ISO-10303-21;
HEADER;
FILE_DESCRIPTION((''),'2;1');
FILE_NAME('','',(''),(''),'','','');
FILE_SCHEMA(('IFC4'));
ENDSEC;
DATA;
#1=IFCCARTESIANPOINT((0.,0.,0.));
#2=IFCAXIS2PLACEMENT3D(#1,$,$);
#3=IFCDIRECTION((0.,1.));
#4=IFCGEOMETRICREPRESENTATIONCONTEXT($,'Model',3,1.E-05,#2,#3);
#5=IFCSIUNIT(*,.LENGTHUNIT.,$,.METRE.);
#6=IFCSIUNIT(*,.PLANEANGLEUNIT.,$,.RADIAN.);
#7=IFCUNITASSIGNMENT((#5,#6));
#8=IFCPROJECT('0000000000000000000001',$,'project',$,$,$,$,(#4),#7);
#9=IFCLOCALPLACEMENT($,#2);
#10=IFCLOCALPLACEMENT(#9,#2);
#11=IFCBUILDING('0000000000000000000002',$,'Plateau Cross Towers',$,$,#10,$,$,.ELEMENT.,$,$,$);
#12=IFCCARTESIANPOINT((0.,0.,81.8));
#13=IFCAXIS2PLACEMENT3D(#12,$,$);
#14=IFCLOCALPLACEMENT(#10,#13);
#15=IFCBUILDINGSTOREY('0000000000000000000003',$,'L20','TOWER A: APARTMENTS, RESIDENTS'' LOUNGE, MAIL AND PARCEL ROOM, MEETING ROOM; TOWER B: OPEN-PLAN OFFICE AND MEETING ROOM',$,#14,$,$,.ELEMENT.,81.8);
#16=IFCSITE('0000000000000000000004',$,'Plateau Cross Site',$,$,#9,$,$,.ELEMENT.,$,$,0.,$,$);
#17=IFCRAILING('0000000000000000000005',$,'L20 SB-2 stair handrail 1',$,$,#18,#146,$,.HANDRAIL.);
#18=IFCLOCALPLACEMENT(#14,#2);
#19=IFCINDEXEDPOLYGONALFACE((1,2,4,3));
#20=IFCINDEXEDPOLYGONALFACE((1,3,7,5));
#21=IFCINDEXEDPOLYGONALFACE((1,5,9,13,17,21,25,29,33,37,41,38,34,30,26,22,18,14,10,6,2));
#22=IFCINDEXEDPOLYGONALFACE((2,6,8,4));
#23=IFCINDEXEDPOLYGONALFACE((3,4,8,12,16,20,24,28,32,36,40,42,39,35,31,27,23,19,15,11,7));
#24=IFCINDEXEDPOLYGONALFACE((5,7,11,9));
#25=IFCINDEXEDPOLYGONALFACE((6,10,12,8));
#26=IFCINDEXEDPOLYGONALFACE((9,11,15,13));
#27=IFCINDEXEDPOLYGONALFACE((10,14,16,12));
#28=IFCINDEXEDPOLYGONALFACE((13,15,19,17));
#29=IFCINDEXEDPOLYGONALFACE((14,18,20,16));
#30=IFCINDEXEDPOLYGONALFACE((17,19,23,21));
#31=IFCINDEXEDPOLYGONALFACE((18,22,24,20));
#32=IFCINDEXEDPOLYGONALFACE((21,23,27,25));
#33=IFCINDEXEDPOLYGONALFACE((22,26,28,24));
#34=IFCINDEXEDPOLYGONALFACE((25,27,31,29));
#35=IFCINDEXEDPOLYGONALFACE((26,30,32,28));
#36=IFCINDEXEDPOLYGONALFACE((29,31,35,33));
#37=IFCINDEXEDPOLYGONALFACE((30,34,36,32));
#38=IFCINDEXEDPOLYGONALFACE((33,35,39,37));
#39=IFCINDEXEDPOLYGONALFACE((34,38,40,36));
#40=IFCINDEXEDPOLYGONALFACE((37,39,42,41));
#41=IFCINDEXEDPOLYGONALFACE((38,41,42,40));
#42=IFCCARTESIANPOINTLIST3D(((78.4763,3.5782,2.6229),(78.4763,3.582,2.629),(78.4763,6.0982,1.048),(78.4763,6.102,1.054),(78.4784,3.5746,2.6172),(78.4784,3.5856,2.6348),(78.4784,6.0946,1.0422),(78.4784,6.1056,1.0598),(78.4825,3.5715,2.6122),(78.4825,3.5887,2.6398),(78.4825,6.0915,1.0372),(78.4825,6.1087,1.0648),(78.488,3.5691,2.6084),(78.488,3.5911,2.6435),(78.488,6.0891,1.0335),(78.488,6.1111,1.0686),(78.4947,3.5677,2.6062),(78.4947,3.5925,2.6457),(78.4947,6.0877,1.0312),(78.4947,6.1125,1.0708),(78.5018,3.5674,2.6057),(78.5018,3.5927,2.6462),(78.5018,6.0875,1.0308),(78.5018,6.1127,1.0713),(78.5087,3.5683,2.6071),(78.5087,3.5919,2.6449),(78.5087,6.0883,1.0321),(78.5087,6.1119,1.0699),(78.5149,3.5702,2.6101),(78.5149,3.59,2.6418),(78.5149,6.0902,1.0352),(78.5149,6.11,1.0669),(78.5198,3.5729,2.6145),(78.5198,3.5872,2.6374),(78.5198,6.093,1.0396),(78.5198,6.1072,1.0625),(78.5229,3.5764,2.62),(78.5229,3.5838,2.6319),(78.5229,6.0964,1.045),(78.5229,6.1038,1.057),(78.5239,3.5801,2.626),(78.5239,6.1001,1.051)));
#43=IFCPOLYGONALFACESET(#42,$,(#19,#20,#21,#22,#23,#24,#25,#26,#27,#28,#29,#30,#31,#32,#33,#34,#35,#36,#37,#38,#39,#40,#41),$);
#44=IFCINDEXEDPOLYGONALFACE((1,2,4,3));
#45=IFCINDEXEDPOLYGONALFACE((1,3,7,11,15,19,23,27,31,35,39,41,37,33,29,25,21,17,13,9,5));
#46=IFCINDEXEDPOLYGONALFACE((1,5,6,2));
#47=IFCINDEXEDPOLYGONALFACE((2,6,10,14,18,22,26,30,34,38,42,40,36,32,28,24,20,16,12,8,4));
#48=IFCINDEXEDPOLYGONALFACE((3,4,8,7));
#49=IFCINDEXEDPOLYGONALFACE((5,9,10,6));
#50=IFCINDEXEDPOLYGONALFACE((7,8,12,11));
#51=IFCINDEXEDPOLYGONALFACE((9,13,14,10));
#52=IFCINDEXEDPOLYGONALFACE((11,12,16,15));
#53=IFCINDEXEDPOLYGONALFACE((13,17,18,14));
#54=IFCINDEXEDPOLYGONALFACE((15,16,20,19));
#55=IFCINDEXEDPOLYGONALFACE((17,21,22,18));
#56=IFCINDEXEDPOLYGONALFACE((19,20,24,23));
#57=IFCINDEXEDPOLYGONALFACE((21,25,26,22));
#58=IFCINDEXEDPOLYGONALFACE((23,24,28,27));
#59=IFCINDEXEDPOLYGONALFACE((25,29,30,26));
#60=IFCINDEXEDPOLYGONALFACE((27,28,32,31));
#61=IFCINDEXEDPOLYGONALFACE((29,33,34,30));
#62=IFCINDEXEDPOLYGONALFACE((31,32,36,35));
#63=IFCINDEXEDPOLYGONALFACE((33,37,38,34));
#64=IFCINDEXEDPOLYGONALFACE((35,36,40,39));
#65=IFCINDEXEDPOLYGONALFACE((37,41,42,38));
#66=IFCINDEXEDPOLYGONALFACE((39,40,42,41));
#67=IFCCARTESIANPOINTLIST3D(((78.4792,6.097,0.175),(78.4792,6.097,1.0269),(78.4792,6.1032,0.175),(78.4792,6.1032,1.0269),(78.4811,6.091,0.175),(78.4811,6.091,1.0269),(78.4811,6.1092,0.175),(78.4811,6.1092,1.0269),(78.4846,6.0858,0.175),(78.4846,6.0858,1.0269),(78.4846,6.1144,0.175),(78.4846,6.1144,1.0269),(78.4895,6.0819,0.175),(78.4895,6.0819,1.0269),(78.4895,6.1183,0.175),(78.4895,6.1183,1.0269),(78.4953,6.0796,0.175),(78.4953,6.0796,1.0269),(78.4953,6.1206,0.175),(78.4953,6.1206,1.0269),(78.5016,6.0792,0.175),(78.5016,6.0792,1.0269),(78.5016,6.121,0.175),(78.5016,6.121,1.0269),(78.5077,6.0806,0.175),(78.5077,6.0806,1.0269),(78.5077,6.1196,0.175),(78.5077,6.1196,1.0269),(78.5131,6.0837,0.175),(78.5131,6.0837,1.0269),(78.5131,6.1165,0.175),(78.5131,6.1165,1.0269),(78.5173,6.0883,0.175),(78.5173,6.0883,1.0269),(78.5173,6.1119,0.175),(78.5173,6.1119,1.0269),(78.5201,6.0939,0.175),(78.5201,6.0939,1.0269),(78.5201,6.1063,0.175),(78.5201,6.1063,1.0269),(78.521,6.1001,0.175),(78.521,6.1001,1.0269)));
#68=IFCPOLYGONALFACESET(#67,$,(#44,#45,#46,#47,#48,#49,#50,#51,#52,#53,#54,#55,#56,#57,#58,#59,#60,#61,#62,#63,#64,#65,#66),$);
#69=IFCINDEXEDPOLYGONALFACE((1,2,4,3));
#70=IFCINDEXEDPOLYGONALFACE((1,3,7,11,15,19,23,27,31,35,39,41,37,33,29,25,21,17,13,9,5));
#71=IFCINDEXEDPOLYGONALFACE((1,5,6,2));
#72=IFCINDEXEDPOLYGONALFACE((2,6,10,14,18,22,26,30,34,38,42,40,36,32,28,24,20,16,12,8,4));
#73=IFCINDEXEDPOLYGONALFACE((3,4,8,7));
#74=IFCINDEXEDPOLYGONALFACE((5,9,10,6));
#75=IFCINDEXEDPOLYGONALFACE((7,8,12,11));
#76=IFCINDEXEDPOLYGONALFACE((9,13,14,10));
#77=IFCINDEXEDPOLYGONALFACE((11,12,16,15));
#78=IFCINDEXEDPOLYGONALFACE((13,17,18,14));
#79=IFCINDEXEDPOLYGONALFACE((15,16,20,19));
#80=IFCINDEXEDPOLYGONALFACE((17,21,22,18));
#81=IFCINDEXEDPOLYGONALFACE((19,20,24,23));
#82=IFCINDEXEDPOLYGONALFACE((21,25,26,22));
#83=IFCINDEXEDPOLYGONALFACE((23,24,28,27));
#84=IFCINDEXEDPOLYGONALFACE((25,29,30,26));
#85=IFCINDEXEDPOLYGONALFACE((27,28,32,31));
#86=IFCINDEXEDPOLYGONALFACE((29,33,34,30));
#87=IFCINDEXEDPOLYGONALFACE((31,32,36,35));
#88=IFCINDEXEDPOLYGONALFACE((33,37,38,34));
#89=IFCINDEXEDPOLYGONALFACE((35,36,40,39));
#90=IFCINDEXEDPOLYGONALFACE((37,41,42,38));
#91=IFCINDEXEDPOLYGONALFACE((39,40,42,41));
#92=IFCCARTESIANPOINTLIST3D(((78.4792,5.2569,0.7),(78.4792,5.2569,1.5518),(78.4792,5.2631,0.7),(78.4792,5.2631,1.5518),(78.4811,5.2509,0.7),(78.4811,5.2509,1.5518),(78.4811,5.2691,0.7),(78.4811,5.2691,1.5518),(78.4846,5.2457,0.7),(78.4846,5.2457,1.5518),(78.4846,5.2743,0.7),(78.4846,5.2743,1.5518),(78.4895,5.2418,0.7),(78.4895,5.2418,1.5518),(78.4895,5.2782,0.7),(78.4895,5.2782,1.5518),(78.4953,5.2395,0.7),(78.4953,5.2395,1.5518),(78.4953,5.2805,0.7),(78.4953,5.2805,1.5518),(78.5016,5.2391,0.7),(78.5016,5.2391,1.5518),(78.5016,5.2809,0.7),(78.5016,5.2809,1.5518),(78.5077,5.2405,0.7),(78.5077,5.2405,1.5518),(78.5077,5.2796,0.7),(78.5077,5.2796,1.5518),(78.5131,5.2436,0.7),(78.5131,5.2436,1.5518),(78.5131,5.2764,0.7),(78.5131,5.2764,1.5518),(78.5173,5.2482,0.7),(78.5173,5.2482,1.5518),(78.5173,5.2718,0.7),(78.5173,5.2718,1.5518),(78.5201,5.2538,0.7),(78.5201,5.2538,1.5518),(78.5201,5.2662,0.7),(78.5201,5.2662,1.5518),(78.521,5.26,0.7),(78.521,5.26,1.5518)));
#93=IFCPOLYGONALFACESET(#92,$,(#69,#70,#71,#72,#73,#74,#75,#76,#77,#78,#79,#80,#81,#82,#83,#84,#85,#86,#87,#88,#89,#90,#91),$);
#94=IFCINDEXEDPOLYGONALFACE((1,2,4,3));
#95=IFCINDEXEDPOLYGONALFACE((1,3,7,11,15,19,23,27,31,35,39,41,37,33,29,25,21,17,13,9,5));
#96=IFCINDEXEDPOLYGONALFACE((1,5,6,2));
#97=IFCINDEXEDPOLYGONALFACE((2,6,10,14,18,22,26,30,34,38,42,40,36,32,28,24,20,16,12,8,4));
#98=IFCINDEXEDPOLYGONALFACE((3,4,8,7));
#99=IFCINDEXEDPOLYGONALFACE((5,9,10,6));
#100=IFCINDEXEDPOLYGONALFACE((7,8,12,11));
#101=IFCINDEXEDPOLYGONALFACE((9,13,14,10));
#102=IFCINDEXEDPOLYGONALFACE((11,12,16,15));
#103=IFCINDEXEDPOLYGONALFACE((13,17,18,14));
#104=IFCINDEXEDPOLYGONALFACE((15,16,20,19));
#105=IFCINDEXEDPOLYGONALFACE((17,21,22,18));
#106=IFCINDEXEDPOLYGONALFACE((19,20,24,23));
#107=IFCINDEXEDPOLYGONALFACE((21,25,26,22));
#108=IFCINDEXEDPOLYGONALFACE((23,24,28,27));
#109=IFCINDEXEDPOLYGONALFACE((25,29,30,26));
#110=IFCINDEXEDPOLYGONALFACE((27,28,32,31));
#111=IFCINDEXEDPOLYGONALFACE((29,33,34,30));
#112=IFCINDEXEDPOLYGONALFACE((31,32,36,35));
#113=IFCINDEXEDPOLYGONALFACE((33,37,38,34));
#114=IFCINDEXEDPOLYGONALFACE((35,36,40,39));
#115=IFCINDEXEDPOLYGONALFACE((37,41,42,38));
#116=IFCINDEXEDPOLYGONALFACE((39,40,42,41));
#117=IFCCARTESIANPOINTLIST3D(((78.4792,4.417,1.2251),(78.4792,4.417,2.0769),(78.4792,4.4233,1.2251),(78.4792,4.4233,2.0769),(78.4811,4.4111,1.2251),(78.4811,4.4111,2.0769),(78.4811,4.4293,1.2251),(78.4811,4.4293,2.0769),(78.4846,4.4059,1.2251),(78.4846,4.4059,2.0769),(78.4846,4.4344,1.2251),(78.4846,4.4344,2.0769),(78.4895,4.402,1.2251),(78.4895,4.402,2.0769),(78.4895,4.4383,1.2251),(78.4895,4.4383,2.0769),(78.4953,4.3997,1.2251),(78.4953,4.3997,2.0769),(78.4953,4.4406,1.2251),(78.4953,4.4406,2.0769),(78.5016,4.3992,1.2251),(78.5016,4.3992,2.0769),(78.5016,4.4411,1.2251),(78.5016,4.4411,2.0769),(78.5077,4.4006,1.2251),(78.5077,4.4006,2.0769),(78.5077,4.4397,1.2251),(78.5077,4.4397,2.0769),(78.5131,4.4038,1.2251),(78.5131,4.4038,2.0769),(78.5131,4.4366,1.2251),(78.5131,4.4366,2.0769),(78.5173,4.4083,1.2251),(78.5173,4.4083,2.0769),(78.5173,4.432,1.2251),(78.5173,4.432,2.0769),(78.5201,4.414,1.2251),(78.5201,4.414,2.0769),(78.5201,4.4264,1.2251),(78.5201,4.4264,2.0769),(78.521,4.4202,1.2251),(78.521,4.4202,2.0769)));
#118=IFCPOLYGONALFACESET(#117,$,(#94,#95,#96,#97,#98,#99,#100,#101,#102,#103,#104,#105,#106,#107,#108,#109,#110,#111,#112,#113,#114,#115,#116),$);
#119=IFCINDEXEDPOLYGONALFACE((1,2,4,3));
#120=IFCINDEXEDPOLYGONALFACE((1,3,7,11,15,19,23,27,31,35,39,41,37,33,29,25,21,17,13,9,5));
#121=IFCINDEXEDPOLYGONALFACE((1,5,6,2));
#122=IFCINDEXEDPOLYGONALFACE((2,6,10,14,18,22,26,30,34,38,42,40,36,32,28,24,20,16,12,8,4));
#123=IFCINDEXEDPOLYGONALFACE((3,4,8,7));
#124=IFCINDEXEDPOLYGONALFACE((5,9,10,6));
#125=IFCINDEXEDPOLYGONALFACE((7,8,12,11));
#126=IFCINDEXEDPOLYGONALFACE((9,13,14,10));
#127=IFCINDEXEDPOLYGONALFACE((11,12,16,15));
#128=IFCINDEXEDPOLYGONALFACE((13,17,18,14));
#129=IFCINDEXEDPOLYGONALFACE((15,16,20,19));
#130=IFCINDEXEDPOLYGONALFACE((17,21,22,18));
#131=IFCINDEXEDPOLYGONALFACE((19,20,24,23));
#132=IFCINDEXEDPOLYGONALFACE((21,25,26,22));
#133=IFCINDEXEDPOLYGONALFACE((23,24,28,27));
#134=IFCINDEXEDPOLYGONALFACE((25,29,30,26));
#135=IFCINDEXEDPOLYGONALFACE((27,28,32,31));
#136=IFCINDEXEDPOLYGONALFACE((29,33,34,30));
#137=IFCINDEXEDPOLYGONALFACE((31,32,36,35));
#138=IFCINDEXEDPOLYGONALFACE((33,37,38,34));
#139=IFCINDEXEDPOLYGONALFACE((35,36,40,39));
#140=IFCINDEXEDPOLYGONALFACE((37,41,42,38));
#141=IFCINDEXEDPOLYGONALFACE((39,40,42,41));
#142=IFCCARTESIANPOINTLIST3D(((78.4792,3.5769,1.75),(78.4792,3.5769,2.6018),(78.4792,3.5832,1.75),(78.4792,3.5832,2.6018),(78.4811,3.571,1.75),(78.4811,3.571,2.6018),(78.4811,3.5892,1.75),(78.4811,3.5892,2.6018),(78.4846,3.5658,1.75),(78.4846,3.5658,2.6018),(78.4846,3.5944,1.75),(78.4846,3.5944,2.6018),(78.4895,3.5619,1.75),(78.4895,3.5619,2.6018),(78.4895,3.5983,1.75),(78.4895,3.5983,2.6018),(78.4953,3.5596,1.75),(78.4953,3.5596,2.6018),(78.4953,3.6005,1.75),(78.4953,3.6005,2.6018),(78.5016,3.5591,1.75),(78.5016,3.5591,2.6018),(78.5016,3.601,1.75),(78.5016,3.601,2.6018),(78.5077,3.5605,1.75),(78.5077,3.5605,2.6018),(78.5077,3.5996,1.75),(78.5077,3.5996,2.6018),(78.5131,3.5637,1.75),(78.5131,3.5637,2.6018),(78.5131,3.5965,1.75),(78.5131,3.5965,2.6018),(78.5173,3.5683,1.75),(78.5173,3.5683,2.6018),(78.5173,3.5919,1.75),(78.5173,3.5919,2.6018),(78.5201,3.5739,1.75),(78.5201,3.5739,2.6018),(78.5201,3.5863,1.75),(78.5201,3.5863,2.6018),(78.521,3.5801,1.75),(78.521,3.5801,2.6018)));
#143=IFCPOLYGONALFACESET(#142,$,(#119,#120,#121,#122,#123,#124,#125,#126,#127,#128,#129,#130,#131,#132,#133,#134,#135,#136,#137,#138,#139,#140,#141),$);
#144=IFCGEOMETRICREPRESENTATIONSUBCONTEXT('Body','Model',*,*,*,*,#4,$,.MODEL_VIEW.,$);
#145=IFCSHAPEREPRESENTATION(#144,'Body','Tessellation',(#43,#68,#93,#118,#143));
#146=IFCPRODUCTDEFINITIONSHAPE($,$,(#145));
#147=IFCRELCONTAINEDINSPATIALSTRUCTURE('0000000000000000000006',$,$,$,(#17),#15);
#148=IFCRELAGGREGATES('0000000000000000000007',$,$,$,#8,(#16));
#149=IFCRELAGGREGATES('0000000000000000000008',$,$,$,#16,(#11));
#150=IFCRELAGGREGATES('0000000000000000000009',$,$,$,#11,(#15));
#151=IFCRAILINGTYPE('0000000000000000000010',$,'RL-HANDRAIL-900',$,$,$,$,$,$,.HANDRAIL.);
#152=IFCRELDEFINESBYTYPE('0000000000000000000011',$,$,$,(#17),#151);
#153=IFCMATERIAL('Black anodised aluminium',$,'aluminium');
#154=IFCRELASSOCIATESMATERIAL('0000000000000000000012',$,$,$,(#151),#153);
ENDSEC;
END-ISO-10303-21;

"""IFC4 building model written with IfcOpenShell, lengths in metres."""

from ifc_helpers import new_model, si_unit, direction, frame, origin, origin_2d, place, context, subcontext, project, spatial, circle, extrude, material, type_object, element, save


model = new_model("IFC4")

# Units and contexts
model_context = context("Model", 3, precision=1e-05, world=origin(), true_north=direction((0.0, 1.0)))
body_context = subcontext(model_context, "Body", "Model", "MODEL_VIEW")
ifc_project = project(units=[si_unit("LENGTHUNIT", "METRE"), si_unit("PLANEANGLEUNIT", "RADIAN")], contexts=[model_context])

# Site, building, storey
site_placement = place(None, origin())
site = spatial("IfcSite", under=ifc_project, at=site_placement, Name="Plateau Cross Site", CompositionType="ELEMENT", RefElevation=0.0)
building_placement = place(site_placement, origin())
building = spatial("IfcBuilding", under=site, at=building_placement, Name="Plateau Cross Towers", CompositionType="ELEMENT")
storey_placement = place(building_placement, frame((0.0, 0.0, 81.8)))
storey = spatial("IfcBuildingStorey", under=building, at=storey_placement, Name="L20", Description="TOWER A: APARTMENTS, RESIDENTS' LOUNGE, MAIL AND PARCEL ROOM, MEETING ROOM; TOWER B: OPEN-PLAN OFFICE AND MEETING ROOM", CompositionType="ELEMENT", Elevation=81.8)

# Railing
ifc_material_1 = material(Name="Black anodised aluminium", Category="aluminium")
railing_type_1 = type_object("IfcRailingType", Name="RL-HANDRAIL-900", PredefinedType="HANDRAIL", material=ifc_material_1)
railing_1_placement = place(storey_placement, frame((78.5, 6.1001, 0.175)))
element("IfcRailing", 1, at=railing_1_placement, inside=storey, type_object=railing_type_1, Name="L20 SB-2 stair handrail 1", PredefinedType="HANDRAIL", context=body_context, shape_type="SweptSolid", body=[
    extrude(circle(Radius=0.0239, at=origin_2d()), frame((0.0, 0.0, 0.876), z_axis=(0.0, -0.848008, 0.529984), x_axis=(1.0, 0.0, 0.0)), (0.0, 0.0, 1.0), 2.9717),
    extrude(circle(Radius=0.021, at=origin_2d()), origin(), (0.0, 0.0, 1.0), 0.8518),
    extrude(circle(Radius=0.021, at=origin_2d()), frame((0.0, -0.8401, 0.5249)), (0.0, 0.0, 1.0), 0.8518),
    extrude(circle(Radius=0.021, at=origin_2d()), frame((0.0, -1.6799, 1.05)), (0.0, 0.0, 1.0), 0.8518),
    extrude(circle(Radius=0.021, at=origin_2d()), frame((0.0, -2.52, 1.575)), (0.0, 0.0, 1.0), 0.8518),
])

save(model, "model.ifc")
